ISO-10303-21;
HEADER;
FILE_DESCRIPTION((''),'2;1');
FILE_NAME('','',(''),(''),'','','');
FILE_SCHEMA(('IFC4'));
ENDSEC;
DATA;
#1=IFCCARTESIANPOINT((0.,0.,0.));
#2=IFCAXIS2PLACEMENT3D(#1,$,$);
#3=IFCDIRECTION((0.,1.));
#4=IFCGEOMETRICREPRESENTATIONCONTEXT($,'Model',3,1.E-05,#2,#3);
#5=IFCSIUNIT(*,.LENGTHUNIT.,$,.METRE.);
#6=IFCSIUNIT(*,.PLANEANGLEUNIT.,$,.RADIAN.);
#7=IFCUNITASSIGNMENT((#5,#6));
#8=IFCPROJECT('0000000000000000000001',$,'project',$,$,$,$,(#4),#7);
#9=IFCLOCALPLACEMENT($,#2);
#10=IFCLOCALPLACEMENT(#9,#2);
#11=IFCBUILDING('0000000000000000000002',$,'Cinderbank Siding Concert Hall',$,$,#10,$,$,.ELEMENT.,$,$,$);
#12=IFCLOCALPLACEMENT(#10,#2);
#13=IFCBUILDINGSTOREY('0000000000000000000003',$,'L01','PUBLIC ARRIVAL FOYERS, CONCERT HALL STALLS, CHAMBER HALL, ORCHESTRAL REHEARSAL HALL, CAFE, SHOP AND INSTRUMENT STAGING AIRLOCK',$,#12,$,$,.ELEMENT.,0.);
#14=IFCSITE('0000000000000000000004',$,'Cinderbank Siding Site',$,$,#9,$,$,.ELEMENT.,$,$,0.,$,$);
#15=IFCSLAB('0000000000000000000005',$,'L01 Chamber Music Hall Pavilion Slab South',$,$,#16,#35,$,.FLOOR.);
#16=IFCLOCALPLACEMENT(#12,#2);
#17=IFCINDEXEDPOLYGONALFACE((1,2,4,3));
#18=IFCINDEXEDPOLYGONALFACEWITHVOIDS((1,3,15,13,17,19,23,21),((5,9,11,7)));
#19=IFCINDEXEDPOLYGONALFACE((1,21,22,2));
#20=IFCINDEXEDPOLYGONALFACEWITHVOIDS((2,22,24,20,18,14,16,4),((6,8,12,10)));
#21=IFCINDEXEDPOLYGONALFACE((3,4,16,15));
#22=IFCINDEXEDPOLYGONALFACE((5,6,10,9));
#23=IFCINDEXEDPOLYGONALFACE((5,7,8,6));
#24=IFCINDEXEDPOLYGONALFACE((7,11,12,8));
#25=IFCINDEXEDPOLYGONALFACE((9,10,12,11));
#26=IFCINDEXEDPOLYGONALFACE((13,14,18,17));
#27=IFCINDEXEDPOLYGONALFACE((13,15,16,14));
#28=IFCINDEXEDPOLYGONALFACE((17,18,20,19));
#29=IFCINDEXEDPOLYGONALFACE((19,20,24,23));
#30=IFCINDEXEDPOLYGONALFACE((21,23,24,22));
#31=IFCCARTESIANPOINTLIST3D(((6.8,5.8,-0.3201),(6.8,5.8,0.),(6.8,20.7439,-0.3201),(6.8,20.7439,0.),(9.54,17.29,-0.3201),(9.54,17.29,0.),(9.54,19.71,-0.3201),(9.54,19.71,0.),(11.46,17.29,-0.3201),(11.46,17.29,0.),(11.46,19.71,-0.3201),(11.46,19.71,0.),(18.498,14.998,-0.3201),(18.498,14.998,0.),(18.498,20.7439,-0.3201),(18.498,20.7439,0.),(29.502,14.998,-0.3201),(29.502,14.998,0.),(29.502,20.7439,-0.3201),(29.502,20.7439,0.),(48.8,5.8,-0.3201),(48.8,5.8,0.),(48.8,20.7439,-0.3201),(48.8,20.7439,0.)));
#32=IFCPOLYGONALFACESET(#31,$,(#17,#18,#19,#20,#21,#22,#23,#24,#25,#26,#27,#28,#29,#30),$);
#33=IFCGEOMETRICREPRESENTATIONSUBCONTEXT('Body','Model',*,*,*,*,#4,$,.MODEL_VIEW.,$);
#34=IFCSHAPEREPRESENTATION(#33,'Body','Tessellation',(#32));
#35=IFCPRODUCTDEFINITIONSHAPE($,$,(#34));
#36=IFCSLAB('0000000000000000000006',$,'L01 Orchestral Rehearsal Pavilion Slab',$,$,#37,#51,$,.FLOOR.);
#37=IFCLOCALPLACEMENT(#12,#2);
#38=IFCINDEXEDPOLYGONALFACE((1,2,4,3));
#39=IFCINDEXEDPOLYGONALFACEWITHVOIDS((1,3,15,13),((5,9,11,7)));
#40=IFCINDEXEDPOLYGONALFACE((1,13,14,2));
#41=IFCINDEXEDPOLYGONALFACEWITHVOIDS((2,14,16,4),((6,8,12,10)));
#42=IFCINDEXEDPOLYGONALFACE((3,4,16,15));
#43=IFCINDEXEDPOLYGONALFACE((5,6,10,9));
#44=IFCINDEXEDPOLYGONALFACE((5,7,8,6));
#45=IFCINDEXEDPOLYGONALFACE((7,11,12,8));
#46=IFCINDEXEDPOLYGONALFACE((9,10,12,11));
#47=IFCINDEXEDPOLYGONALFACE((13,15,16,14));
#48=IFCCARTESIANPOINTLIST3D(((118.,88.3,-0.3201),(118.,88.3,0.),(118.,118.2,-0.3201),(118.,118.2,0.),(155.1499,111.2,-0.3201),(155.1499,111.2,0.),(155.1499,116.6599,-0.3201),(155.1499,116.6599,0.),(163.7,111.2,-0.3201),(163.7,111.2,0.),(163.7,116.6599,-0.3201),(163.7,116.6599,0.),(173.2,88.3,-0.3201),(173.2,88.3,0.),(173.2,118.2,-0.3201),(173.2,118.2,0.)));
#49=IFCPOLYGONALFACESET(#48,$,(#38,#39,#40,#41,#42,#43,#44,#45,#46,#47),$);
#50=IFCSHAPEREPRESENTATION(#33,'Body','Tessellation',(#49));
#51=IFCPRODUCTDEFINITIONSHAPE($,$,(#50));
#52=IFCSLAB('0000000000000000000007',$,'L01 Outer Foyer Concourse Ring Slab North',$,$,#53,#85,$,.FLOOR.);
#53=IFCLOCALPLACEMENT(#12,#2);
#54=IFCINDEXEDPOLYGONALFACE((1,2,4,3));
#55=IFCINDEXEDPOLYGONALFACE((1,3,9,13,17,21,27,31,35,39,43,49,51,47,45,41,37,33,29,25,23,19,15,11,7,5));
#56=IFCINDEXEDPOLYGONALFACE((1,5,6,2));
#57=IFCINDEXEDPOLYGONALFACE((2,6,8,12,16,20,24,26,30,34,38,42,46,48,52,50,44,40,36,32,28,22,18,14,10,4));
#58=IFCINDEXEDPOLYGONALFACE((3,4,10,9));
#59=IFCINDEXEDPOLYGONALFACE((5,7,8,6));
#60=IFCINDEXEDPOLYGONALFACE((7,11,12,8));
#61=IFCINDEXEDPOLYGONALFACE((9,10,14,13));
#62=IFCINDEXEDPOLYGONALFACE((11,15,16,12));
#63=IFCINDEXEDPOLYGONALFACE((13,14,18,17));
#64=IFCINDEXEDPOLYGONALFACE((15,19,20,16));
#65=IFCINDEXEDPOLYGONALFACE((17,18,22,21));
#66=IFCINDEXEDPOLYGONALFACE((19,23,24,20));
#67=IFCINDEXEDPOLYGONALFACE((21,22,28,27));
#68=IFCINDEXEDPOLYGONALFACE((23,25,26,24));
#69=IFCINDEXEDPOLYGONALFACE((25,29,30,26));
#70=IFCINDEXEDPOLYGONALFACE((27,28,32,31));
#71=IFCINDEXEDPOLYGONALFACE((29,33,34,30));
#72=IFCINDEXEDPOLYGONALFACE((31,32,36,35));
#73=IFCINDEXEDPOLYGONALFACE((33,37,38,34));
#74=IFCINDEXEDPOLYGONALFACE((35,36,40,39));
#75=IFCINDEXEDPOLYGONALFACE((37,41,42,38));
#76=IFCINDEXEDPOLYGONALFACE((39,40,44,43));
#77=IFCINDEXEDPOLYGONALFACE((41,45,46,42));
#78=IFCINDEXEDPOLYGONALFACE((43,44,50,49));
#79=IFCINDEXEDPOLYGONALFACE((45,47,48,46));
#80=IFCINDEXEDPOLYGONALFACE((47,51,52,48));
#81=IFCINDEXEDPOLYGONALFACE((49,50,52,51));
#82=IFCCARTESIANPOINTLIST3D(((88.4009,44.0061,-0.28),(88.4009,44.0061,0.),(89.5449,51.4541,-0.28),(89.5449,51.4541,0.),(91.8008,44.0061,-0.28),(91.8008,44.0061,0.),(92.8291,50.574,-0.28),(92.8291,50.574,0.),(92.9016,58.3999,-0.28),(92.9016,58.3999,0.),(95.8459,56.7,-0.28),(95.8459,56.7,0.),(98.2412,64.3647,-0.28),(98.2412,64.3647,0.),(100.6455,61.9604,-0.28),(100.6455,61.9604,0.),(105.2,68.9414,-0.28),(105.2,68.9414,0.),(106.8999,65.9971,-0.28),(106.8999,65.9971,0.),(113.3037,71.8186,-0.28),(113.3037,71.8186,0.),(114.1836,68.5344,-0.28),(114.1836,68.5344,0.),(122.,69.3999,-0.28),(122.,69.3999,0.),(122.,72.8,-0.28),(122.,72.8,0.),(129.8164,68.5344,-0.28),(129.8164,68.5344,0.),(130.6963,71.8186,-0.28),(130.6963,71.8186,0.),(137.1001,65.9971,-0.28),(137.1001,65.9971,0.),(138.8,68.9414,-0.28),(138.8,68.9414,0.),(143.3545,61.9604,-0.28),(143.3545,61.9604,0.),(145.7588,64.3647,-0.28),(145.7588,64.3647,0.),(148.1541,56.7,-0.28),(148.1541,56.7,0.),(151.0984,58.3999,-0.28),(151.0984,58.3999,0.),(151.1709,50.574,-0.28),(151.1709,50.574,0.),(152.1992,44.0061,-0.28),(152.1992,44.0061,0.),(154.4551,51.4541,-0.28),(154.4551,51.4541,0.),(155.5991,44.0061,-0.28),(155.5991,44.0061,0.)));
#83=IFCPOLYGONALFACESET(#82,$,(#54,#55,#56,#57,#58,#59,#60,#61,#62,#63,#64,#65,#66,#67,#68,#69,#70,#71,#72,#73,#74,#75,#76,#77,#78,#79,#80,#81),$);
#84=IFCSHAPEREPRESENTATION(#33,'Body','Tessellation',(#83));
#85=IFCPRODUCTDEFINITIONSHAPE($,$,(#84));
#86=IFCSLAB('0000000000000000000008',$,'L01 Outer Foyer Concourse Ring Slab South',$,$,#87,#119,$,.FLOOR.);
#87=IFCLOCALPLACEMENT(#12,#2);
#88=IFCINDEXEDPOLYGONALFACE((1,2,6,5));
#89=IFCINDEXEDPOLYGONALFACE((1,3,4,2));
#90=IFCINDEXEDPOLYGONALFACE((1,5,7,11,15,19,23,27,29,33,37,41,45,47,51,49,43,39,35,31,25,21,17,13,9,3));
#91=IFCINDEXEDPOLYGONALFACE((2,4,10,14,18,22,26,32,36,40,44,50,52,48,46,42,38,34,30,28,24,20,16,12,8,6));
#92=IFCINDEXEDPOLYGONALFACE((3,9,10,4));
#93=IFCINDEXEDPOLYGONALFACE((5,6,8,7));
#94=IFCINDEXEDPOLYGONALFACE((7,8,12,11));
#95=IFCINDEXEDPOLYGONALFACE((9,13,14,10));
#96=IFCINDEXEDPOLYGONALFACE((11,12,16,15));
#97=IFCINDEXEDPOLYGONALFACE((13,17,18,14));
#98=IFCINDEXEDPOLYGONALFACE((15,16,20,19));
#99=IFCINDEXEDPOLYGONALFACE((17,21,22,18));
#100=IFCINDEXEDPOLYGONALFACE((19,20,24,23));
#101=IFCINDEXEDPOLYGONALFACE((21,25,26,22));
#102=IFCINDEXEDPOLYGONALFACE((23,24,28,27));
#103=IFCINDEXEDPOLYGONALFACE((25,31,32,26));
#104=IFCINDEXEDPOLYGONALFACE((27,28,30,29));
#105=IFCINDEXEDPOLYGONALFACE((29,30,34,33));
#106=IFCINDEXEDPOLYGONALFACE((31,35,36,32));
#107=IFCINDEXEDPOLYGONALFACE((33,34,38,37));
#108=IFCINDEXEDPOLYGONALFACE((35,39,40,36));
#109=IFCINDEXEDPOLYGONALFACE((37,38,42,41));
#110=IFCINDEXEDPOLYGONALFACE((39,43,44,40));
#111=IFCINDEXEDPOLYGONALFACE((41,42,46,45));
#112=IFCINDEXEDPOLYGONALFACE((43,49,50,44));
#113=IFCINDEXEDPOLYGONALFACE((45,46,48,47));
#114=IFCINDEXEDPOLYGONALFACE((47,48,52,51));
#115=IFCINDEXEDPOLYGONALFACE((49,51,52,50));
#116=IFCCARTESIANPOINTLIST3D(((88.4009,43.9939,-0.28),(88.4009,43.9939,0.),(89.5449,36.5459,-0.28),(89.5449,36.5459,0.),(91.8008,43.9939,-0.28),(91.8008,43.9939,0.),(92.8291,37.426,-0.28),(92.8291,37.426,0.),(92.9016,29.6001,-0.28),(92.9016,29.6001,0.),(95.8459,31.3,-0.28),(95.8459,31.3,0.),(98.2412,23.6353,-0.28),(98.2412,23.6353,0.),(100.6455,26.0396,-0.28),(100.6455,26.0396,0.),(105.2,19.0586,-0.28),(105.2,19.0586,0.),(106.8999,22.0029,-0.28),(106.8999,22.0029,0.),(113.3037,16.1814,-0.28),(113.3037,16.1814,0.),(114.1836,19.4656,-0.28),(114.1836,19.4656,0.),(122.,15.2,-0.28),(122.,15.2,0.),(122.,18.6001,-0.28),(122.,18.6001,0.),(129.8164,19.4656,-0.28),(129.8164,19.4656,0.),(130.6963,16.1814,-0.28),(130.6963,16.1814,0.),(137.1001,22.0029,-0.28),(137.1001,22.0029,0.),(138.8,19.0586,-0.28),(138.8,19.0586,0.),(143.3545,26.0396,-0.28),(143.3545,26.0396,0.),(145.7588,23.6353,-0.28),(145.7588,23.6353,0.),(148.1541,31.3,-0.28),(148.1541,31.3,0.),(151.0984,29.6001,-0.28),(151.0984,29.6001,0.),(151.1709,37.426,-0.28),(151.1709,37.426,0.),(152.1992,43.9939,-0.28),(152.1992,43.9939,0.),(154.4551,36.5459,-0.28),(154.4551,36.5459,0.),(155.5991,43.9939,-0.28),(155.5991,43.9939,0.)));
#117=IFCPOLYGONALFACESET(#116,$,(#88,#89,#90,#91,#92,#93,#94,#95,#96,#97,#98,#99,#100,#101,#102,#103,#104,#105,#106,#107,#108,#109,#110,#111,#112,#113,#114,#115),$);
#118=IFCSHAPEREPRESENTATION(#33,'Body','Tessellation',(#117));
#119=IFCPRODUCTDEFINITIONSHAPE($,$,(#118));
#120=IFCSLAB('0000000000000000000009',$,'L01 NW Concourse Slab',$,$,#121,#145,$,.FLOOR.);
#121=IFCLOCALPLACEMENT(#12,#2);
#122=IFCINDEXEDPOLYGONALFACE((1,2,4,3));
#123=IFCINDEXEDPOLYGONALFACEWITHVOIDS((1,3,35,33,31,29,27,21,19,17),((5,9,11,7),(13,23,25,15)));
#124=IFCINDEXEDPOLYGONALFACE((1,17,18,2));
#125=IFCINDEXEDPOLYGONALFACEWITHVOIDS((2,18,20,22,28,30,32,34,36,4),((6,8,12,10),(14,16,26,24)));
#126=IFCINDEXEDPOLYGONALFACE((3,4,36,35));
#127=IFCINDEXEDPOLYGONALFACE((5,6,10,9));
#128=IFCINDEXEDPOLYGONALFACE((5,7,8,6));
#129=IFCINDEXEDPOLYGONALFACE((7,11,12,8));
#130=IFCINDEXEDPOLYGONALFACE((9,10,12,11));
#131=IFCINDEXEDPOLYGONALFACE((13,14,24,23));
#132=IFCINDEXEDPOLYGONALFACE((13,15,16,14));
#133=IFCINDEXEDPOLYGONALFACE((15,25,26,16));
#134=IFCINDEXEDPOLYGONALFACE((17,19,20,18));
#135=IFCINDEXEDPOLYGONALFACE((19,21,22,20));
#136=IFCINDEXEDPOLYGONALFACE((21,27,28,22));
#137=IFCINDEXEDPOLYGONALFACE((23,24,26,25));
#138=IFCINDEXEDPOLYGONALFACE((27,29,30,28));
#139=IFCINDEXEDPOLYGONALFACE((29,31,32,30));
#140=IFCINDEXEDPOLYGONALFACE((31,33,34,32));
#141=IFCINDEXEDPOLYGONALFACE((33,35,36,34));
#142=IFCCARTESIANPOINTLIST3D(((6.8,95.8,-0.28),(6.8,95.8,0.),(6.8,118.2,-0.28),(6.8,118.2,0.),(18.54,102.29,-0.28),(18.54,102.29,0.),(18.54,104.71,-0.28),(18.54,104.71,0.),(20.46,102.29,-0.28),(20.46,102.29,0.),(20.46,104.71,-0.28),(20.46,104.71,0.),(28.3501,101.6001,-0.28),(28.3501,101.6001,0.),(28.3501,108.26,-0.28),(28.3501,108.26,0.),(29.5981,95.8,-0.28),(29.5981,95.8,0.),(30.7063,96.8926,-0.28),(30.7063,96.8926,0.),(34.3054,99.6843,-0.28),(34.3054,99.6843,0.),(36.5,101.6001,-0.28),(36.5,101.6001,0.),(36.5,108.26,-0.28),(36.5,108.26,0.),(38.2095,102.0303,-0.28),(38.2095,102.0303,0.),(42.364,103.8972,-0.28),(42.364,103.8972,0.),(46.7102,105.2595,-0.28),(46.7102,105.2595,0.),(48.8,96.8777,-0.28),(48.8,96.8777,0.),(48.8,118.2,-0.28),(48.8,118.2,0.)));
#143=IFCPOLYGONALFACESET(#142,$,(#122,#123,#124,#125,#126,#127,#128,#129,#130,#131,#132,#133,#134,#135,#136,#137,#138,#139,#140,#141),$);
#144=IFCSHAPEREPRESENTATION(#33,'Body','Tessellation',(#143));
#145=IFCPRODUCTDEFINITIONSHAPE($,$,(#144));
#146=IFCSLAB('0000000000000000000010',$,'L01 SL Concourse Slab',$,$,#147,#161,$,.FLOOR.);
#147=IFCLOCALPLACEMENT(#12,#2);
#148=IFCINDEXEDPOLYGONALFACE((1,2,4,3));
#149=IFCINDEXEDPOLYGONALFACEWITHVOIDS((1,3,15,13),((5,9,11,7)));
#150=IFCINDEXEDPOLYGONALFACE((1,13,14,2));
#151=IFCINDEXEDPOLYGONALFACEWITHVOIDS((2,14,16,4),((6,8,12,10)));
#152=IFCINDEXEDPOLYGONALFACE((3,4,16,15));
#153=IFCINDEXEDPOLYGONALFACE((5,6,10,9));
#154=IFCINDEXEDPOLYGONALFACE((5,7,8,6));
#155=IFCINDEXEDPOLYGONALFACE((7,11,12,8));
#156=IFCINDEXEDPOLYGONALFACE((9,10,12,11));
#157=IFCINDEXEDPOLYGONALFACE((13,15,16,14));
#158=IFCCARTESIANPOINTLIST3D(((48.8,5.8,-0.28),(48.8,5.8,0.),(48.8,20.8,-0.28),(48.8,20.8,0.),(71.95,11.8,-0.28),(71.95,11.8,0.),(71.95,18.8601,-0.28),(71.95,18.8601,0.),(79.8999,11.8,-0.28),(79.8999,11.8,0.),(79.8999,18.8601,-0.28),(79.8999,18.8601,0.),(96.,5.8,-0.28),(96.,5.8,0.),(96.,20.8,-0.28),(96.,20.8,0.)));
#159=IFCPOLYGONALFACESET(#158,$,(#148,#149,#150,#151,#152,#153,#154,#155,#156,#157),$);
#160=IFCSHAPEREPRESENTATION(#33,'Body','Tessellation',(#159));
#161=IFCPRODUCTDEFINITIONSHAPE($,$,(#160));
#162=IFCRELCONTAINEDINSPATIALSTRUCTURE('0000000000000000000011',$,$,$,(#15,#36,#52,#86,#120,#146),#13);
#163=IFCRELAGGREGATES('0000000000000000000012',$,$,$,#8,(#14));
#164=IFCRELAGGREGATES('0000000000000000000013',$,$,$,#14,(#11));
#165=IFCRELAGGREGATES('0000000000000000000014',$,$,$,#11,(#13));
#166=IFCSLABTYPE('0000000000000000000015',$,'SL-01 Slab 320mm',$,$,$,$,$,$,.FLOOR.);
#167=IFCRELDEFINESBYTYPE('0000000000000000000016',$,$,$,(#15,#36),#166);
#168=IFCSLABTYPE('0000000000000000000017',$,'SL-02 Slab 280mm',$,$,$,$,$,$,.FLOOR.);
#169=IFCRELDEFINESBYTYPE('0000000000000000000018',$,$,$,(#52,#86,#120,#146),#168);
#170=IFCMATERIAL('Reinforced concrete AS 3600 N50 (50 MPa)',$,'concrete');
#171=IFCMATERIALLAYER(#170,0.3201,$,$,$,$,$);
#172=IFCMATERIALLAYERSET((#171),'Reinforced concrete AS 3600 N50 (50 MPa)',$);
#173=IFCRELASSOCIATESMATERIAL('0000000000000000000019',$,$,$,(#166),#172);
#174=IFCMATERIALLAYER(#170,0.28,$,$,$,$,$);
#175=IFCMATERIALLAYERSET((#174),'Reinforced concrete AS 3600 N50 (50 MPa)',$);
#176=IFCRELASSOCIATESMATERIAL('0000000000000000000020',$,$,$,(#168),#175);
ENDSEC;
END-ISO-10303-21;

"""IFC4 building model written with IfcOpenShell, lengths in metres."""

from ifc_helpers import new_model, si_unit, direction, frame, origin, place, context, subcontext, project, spatial, polyline, outline, extrude, material, layer, layer_set, type_object, element, save


model = new_model("IFC4")

# Units and contexts
model_context = context("Model", 3, precision=1e-05, world=origin(), true_north=direction((0.0, 1.0)))
body_context = subcontext(model_context, "Body", "Model", "MODEL_VIEW")
ifc_project = project(units=[si_unit("LENGTHUNIT", "METRE"), si_unit("PLANEANGLEUNIT", "RADIAN")], contexts=[model_context])

# Site, building, storey
site_placement = place(None, origin())
site = spatial("IfcSite", under=ifc_project, at=site_placement, Name="Cinderbank Siding Site", CompositionType="ELEMENT", RefElevation=0.0)
building_placement = place(site_placement, origin())
building = spatial("IfcBuilding", under=site, at=building_placement, Name="Cinderbank Siding Concert Hall", CompositionType="ELEMENT")
storey_placement = place(building_placement, origin())
storey = spatial("IfcBuildingStorey", under=building, at=storey_placement, Name="L01", Description="PUBLIC ARRIVAL FOYERS, CONCERT HALL STALLS, CHAMBER HALL, ORCHESTRAL REHEARSAL HALL, CAFE, SHOP AND INSTRUMENT STAGING AIRLOCK", CompositionType="ELEMENT", Elevation=0.0)

# Shared definitions
ifc_material = material(Name="Reinforced concrete AS 3600 N50 (50 MPa)", Category="concrete")

# Slabs
ifc_layer_1 = layer(ifc_material, 0.3201)
ifc_layer_set_1 = layer_set([ifc_layer_1], Name="Reinforced concrete AS 3600 N50 (50 MPa)")
slab_type_1 = type_object("IfcSlabType", Name="SL-01 Slab 320mm", PredefinedType="FLOOR", material=ifc_layer_set_1)
slab_1_placement = place(storey_placement, frame((0.0, 0.0, -0.3201)))
element("IfcSlab", 1, at=slab_1_placement, inside=storey, type_object=slab_type_1, Name="L01 Chamber Music Hall Pavilion Slab South", PredefinedType="FLOOR", context=body_context, shape_type="SweptSolid", body=[
    extrude(outline(polyline([(48.8, 5.8), (6.8, 5.8), (6.8, 20.7439), (18.498, 20.7439), (18.498, 14.998), (29.502, 14.998), (29.502, 20.7439), (48.8, 20.7439), (48.8, 5.8)]), holes=[polyline([(9.54, 17.29), (11.46, 17.29), (11.46, 19.71), (9.54, 19.71), (9.54, 17.29)])]), origin(), (0.0, 0.0, 1.0), 0.3201),
])
slab_2_placement = place(storey_placement, frame((0.0, 0.0, -0.3201)))
element("IfcSlab", 2, at=slab_2_placement, inside=storey, type_object=slab_type_1, Name="L01 Orchestral Rehearsal Pavilion Slab", PredefinedType="FLOOR", context=body_context, shape_type="SweptSolid", body=[
    extrude(outline(polyline([(118.0, 88.3), (118.0, 118.2), (173.2, 118.2), (173.2, 88.3), (118.0, 88.3)]), holes=[polyline([(155.1499, 111.2), (163.7, 111.2), (163.7, 116.6599), (155.1499, 116.6599), (155.1499, 111.2)])]), origin(), (0.0, 0.0, 1.0), 0.3201),
])
ifc_layer_2 = layer(ifc_material, 0.28)
ifc_layer_set_2 = layer_set([ifc_layer_2], Name="Reinforced concrete AS 3600 N50 (50 MPa)")
slab_type_2 = type_object("IfcSlabType", Name="SL-02 Slab 280mm", PredefinedType="FLOOR", material=ifc_layer_set_2)
slab_3_placement = place(storey_placement, frame((0.0, 0.0, -0.28)))
element("IfcSlab", 3, at=slab_3_placement, inside=storey, type_object=slab_type_2, Name="L01 Outer Foyer Concourse Ring Slab North", PredefinedType="FLOOR", context=body_context, shape_type="SweptSolid", body=[
    extrude(outline(polyline([(89.5449, 51.4541), (92.9016, 58.3999), (98.2412, 64.3647), (105.2, 68.9414), (113.3037, 71.8186), (122.0, 72.8), (130.6963, 71.8186), (138.8, 68.9414), (145.7588, 64.3647), (151.0984, 58.3999), (154.4551, 51.4541), (155.5991, 44.0061), (152.1992, 44.0061), (151.1709, 50.574), (148.1541, 56.7), (143.3545, 61.9604), (137.1001, 65.9971), (129.8164, 68.5344), (122.0, 69.3999), (114.1836, 68.5344), (106.8999, 65.9971), (100.6455, 61.9604), (95.8459, 56.7), (92.8291, 50.574), (91.8008, 44.0061), (88.4009, 44.0061), (89.5449, 51.4541)])), origin(), (0.0, 0.0, 1.0), 0.28),
])
slab_4_placement = place(storey_placement, frame((0.0, 0.0, -0.28)))
element("IfcSlab", 4, at=slab_4_placement, inside=storey, type_object=slab_type_2, Name="L01 Outer Foyer Concourse Ring Slab South", PredefinedType="FLOOR", context=body_context, shape_type="SweptSolid", body=[
    extrude(outline(polyline([(151.0984, 29.6001), (145.7588, 23.6353), (138.8, 19.0586), (130.6963, 16.1814), (122.0, 15.2), (113.3037, 16.1814), (105.2, 19.0586), (98.2412, 23.6353), (92.9016, 29.6001), (89.5449, 36.5459), (88.4009, 43.9939), (91.8008, 43.9939), (92.8291, 37.426), (95.8459, 31.3), (100.6455, 26.0396), (106.8999, 22.0029), (114.1836, 19.4656), (122.0, 18.6001), (129.8164, 19.4656), (137.1001, 22.0029), (143.3545, 26.0396), (148.1541, 31.3), (151.1709, 37.426), (152.1992, 43.9939), (155.5991, 43.9939), (154.4551, 36.5459), (151.0984, 29.6001)])), origin(), (0.0, 0.0, 1.0), 0.28),
])
slab_5_placement = place(storey_placement, frame((0.0, 0.0, -0.28)))
element("IfcSlab", 5, at=slab_5_placement, inside=storey, type_object=slab_type_2, Name="L01 NW Concourse Slab", PredefinedType="FLOOR", context=body_context, shape_type="SweptSolid", body=[
    extrude(outline(polyline([(6.8, 95.8), (6.8, 118.2), (48.8, 118.2), (48.8, 96.8777), (46.7102, 105.2595), (42.364, 103.8972), (38.2095, 102.0303), (34.3054, 99.6843), (30.7063, 96.8926), (29.5981, 95.8), (6.8, 95.8)]), holes=[polyline([(28.3501, 101.6001), (36.5, 101.6001), (36.5, 108.26), (28.3501, 108.26), (28.3501, 101.6001)]), polyline([(18.54, 102.29), (20.46, 102.29), (20.46, 104.71), (18.54, 104.71), (18.54, 102.29)])]), origin(), (0.0, 0.0, 1.0), 0.28),
])
slab_6_placement = place(storey_placement, frame((0.0, 0.0, -0.28)))
element("IfcSlab", 6, at=slab_6_placement, inside=storey, type_object=slab_type_2, Name="L01 SL Concourse Slab", PredefinedType="FLOOR", context=body_context, shape_type="SweptSolid", body=[
    extrude(outline(polyline([(96.0, 20.8), (96.0, 5.8), (48.8, 5.8), (48.8, 20.8), (96.0, 20.8)]), holes=[polyline([(71.95, 11.8), (79.8999, 11.8), (79.8999, 18.8601), (71.95, 18.8601), (71.95, 11.8)])]), origin(), (0.0, 0.0, 1.0), 0.28),
])

save(model, "model.ifc")
